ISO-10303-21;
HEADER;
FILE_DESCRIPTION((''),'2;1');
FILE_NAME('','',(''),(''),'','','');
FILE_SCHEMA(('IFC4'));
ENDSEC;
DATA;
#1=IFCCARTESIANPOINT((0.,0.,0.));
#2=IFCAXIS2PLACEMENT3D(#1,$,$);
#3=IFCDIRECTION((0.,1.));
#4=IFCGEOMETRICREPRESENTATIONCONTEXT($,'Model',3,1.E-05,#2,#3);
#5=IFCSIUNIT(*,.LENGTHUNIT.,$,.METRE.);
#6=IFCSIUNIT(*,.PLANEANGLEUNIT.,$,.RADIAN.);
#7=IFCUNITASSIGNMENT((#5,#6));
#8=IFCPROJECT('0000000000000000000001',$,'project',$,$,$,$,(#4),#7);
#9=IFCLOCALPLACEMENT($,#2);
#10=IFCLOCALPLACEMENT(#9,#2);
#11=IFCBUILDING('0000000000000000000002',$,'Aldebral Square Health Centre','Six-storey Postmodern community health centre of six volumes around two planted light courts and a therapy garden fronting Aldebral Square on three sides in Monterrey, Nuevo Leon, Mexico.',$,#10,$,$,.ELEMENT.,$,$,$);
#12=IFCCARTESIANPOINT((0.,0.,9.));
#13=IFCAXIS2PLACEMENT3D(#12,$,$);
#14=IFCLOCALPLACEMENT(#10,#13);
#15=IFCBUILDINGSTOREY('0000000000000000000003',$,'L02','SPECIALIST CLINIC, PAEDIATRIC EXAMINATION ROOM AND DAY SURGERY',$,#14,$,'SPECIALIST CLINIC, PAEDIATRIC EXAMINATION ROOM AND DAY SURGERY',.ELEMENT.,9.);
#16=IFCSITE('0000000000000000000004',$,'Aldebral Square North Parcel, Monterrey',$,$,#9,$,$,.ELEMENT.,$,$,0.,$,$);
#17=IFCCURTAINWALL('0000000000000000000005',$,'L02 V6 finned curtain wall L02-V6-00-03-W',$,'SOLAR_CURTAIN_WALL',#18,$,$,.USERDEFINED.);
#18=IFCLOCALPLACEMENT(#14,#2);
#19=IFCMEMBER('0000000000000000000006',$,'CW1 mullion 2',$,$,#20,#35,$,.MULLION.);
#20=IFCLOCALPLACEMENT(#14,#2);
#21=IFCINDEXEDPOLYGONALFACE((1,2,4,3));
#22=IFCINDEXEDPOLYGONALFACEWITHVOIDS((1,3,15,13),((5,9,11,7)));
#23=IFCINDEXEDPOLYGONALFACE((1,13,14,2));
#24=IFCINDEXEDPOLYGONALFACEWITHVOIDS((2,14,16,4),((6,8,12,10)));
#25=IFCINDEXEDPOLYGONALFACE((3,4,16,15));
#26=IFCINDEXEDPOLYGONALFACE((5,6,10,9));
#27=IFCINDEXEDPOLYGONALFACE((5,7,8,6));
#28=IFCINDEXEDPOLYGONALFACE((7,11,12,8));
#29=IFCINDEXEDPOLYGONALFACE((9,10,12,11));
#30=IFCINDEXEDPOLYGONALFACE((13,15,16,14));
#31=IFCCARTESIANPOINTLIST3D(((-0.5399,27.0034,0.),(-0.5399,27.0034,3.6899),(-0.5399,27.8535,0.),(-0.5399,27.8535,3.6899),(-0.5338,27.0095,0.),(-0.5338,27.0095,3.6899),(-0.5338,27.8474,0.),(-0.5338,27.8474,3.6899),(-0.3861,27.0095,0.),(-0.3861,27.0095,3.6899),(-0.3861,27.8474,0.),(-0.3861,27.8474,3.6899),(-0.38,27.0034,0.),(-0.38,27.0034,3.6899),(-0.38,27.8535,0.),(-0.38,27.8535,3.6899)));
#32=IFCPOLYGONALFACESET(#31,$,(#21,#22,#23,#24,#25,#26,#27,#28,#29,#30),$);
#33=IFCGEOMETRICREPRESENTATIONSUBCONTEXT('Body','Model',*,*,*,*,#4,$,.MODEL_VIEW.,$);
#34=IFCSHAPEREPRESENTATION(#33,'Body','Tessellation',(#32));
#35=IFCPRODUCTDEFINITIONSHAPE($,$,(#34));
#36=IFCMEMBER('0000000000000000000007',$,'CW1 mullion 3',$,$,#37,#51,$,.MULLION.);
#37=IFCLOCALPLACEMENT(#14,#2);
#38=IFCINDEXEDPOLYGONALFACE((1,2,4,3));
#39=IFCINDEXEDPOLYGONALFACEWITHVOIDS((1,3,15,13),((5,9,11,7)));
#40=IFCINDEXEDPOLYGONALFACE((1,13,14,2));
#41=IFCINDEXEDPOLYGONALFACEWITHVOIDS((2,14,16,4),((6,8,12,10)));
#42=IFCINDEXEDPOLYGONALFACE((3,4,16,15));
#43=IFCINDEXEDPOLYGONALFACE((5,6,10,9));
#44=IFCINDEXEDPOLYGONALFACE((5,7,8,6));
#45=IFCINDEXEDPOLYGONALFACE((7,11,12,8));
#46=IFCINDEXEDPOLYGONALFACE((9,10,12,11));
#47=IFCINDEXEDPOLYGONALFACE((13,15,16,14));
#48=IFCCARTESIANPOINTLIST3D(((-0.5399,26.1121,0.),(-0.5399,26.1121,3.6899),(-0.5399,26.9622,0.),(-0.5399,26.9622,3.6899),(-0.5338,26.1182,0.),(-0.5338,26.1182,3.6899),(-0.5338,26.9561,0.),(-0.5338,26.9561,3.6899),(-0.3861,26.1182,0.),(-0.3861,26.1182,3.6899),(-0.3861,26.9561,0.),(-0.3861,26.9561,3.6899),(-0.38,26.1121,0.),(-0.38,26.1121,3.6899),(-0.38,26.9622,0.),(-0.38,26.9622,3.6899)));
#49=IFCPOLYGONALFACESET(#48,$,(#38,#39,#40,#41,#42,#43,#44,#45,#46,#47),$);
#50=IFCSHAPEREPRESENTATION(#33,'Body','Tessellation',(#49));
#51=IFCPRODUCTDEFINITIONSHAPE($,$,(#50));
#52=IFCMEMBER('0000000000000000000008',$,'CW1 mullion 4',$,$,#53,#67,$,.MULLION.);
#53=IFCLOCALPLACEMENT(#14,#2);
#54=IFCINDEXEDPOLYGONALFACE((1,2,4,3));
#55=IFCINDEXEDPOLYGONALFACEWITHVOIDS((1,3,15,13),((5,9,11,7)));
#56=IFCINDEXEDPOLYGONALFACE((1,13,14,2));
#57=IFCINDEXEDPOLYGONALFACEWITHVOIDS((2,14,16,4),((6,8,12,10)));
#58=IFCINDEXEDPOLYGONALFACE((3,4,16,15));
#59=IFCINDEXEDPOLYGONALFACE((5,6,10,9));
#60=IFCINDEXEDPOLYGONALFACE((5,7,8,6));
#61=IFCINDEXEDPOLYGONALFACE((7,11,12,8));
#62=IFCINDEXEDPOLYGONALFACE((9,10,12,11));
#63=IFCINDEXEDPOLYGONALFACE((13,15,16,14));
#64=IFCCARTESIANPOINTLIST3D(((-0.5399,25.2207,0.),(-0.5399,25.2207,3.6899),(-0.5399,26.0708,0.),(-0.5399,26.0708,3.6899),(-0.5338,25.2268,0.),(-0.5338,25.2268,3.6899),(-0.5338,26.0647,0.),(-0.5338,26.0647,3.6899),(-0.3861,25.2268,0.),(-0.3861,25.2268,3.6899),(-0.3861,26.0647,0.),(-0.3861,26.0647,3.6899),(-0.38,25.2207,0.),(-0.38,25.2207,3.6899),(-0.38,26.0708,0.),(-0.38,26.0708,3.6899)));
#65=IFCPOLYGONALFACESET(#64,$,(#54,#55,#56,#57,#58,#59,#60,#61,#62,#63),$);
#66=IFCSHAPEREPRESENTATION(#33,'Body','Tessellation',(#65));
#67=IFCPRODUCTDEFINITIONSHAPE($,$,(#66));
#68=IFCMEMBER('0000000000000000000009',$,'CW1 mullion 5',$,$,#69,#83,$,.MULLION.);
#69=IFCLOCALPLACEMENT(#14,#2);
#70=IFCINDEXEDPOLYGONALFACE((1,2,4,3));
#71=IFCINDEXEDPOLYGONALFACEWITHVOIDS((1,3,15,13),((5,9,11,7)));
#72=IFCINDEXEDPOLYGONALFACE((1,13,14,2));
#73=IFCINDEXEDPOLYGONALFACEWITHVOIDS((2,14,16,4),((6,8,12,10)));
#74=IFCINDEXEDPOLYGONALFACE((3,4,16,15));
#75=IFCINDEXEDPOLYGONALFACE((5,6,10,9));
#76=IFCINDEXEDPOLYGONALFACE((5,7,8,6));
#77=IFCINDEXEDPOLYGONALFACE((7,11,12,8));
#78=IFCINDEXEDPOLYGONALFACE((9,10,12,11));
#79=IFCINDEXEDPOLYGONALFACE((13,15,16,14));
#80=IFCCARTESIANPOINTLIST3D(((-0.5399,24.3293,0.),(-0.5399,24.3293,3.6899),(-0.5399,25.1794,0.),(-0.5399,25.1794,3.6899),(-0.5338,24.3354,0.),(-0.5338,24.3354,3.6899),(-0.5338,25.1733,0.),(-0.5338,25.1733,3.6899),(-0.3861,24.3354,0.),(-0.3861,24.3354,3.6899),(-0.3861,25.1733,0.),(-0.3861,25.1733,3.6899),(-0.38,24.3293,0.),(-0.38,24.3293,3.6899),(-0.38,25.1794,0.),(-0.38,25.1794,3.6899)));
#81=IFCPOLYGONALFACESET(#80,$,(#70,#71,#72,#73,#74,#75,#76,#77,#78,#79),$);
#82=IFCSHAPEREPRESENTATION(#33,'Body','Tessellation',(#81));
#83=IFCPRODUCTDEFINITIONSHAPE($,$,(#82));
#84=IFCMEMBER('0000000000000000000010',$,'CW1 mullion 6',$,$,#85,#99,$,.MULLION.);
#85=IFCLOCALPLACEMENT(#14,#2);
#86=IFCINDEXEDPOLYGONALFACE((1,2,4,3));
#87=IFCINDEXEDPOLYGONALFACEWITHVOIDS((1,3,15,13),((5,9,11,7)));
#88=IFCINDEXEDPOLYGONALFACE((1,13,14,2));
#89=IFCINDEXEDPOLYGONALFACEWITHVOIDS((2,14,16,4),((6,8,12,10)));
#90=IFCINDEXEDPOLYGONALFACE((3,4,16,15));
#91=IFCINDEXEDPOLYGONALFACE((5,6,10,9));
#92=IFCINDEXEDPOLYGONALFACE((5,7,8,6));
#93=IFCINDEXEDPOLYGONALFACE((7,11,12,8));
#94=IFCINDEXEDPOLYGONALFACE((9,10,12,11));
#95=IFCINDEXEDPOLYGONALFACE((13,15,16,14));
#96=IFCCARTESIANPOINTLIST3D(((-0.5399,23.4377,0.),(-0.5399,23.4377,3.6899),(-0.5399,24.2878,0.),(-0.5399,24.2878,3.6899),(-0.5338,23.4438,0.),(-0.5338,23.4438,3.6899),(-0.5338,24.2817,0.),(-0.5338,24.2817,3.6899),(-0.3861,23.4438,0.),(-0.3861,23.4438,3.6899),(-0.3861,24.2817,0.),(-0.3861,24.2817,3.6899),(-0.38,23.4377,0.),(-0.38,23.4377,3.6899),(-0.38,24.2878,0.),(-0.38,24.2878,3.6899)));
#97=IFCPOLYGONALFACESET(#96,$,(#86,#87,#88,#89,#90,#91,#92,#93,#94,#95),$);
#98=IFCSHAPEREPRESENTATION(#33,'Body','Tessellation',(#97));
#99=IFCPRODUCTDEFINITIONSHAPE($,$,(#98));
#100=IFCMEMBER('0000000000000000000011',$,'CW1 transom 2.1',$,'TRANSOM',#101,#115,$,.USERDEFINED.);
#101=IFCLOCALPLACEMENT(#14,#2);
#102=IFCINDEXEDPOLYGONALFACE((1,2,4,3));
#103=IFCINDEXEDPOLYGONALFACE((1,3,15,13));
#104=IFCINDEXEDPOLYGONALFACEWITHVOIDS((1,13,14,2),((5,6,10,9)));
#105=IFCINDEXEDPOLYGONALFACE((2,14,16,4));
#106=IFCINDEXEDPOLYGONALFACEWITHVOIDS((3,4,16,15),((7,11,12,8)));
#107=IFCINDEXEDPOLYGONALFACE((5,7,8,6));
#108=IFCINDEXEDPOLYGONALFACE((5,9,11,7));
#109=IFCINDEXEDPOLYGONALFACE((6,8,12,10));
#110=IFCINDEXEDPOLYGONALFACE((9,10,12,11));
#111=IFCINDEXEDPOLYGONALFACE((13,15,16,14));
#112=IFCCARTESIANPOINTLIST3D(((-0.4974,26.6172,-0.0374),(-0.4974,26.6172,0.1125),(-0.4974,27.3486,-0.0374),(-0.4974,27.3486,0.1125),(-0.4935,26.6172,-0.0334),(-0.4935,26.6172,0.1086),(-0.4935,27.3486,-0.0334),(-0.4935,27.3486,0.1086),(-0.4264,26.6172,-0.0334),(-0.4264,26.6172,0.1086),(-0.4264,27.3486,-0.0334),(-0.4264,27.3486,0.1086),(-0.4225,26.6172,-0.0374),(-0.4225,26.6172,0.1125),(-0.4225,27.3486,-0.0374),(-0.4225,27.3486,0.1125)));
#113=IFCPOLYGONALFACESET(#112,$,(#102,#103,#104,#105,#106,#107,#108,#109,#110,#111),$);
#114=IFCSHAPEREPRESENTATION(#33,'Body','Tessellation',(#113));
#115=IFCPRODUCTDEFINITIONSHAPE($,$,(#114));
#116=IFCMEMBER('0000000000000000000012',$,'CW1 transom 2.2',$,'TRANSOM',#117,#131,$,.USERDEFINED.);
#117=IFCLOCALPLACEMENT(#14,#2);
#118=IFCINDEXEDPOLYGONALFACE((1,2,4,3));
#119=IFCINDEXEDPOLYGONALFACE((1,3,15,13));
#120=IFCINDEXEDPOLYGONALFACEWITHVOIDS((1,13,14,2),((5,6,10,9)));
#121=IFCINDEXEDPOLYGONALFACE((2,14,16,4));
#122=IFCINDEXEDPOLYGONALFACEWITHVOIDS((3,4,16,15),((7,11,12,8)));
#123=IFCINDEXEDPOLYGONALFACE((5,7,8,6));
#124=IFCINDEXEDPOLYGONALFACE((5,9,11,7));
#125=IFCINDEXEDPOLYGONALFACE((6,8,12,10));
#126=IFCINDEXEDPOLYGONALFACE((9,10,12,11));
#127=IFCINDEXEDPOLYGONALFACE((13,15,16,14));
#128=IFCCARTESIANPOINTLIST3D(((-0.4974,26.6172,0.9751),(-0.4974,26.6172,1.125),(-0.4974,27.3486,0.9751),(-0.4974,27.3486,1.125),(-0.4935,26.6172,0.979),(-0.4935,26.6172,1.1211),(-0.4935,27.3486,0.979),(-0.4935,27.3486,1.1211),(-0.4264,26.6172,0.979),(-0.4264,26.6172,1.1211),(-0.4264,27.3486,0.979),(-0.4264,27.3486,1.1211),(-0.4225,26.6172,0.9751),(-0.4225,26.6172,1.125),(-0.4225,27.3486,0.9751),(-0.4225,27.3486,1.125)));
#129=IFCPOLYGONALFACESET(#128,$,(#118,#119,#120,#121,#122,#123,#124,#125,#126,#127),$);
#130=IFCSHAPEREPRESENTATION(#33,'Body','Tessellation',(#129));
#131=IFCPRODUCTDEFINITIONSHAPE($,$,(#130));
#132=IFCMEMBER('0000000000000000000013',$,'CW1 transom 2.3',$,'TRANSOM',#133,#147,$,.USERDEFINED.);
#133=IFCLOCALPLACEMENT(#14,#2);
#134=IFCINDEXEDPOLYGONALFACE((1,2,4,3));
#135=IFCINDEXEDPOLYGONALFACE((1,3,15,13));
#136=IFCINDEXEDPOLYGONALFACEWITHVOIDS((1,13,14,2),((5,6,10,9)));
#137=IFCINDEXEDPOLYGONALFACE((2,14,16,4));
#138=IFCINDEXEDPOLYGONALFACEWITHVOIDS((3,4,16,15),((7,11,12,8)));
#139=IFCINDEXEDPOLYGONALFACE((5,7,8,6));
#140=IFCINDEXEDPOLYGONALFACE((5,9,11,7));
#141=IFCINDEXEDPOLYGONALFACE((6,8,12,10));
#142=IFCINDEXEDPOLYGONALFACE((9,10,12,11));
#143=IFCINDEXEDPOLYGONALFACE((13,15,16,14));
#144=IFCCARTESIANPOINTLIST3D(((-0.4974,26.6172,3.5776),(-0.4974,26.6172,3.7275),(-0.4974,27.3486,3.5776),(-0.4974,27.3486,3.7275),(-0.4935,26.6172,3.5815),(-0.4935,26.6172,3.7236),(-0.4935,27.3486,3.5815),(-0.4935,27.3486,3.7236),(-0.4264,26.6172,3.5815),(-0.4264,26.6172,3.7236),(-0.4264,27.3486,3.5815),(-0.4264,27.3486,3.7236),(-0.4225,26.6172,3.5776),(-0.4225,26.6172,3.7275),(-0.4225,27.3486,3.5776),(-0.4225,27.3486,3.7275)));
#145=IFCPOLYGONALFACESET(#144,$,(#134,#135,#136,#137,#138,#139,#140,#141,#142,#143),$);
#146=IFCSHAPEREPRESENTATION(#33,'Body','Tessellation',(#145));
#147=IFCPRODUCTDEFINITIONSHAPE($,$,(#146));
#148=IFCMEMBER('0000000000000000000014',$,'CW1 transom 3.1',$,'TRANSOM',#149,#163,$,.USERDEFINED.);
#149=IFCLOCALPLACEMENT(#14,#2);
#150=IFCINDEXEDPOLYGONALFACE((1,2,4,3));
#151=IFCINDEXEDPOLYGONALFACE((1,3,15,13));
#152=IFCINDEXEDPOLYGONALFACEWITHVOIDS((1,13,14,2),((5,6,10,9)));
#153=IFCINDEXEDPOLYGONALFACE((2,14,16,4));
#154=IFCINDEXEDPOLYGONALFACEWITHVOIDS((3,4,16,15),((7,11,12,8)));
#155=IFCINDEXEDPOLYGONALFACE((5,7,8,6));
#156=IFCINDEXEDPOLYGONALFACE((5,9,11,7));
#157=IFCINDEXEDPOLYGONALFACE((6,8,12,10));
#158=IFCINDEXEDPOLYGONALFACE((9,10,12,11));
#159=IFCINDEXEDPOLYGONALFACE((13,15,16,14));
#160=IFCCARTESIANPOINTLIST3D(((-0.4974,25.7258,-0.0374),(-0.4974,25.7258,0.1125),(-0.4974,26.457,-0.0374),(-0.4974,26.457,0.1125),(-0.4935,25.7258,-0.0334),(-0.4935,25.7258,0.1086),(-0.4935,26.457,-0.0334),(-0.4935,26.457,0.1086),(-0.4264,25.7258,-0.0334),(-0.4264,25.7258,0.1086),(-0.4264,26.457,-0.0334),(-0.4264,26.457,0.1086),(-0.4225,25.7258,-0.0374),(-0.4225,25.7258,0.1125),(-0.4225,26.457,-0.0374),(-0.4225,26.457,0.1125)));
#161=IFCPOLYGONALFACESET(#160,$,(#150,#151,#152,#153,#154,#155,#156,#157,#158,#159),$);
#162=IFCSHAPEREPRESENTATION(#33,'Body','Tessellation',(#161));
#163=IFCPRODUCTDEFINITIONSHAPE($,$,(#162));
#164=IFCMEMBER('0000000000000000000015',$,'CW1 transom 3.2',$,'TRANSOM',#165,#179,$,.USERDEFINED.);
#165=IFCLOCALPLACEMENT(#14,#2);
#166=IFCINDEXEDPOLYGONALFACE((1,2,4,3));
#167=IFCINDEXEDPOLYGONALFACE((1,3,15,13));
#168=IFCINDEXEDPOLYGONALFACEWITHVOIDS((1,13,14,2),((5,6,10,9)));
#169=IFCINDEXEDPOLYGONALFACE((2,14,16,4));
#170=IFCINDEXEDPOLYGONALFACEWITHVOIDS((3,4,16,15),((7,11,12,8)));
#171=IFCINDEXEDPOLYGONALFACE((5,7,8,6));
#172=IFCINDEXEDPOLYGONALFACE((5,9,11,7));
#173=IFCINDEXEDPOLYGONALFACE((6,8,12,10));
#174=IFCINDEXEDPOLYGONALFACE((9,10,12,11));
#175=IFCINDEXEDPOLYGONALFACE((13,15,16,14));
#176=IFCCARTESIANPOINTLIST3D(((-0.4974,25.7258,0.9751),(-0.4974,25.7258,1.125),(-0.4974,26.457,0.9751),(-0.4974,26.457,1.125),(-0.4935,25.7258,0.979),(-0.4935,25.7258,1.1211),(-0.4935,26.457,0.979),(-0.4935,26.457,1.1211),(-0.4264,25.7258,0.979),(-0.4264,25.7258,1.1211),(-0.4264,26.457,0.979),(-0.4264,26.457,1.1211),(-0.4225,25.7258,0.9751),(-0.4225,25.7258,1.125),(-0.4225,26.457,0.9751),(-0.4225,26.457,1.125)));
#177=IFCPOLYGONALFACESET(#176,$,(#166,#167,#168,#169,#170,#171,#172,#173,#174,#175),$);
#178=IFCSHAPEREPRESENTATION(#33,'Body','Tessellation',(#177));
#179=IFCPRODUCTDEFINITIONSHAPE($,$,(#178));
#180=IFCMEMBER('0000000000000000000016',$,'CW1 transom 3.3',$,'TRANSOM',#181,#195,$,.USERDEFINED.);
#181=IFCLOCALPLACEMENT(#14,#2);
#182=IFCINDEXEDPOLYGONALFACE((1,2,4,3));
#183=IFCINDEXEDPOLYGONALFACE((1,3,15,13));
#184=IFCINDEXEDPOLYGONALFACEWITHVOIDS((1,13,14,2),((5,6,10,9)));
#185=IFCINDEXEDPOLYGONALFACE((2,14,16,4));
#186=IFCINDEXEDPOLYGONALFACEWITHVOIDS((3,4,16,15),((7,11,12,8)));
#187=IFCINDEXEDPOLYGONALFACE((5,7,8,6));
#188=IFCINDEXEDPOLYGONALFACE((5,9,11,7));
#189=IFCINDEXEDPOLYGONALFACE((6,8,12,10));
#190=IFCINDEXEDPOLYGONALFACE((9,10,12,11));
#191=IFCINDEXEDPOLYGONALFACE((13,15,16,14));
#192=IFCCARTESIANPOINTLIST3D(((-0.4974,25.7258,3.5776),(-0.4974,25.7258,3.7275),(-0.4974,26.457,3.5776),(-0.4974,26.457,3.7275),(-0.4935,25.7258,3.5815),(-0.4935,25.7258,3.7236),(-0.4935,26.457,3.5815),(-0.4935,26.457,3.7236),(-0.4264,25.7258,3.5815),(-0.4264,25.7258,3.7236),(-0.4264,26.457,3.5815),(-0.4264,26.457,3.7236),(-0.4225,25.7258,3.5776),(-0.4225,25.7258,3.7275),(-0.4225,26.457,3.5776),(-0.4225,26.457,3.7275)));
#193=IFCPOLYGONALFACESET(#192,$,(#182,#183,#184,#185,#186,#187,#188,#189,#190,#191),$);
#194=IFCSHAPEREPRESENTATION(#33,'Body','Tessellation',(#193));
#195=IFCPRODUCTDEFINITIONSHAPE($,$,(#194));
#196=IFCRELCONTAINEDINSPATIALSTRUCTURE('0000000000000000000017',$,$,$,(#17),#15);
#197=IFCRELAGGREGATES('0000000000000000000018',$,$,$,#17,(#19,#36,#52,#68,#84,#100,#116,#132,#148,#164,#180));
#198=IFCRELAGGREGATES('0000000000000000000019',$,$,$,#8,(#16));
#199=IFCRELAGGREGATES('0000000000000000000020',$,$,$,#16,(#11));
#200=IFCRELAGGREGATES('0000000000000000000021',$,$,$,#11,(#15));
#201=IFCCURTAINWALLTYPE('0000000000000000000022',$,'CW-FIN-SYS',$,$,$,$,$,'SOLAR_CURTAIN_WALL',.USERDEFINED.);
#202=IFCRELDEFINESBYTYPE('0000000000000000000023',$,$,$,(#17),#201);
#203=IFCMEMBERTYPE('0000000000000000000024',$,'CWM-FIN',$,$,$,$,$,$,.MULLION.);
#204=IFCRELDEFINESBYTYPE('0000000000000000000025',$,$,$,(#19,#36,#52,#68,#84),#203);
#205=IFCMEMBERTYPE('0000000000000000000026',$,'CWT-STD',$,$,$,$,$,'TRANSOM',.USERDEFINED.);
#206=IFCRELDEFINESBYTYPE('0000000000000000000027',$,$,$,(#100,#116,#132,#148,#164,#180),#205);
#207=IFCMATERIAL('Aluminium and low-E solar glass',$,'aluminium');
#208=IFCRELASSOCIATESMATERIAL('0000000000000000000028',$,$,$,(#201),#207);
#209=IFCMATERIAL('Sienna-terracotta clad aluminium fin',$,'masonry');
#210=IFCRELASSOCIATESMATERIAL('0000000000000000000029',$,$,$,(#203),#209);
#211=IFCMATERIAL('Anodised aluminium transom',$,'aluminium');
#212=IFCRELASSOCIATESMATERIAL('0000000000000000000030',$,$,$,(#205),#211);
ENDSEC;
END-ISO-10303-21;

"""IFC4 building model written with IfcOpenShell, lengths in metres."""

from ifc_helpers import new_model, si_unit, direction, frame, origin, origin_2d, place, context, subcontext, project, spatial, hollow_rectangle, extrude, material, material_profile, profile_set, type_object, element, aggregate, save


model = new_model("IFC4")

# Units and contexts
model_context = context("Model", 3, precision=1e-05, world=origin(), true_north=direction((0.0, 1.0)))
body_context = subcontext(model_context, "Body", "Model", "MODEL_VIEW")
ifc_project = project(units=[si_unit("LENGTHUNIT", "METRE"), si_unit("PLANEANGLEUNIT", "RADIAN")], contexts=[model_context])

# Site, building, storey
site_placement = place(None, origin())
site = spatial("IfcSite", under=ifc_project, at=site_placement, Name="Aldebral Square North Parcel, Monterrey", CompositionType="ELEMENT", RefElevation=0.0)
building_placement = place(site_placement, origin())
building = spatial("IfcBuilding", under=site, at=building_placement, Name="Aldebral Square Health Centre", Description="Six-storey Postmodern community health centre of six volumes around two planted light courts and a therapy garden fronting Aldebral Square on three sides in Monterrey, Nuevo Leon, Mexico.", CompositionType="ELEMENT")
storey_placement = place(building_placement, frame((0.0, 0.0, 9.0)))
storey = spatial("IfcBuildingStorey", under=building, at=storey_placement, Name="L02", Description="SPECIALIST CLINIC, PAEDIATRIC EXAMINATION ROOM AND DAY SURGERY", LongName="SPECIALIST CLINIC, PAEDIATRIC EXAMINATION ROOM AND DAY SURGERY", CompositionType="ELEMENT", Elevation=9.0)

# Curtain wall, members
ifc_material_1 = material(Name="Aluminium and low-E solar glass", Category="aluminium")
curtain_wall_type = type_object("IfcCurtainWallType", Name="CW-FIN-SYS", ElementType="SOLAR_CURTAIN_WALL", PredefinedType="USERDEFINED", material=ifc_material_1)
curtain_wall_placement = place(storey_placement, origin())
curtain_wall = element("IfcCurtainWall", 1, at=curtain_wall_placement, inside=storey, type_object=curtain_wall_type, Name="L02 V6 finned curtain wall L02-V6-00-03-W", ObjectType="SOLAR_CURTAIN_WALL", PredefinedType="USERDEFINED")
ifc_material_2 = material(Name="Sienna-terracotta clad aluminium fin", Category="masonry")
ifc_material_profile_1 = material_profile(ifc_material_2, hollow_rectangle(XDim=0.1599, YDim=0.8501, WallThickness=0.0061, at=origin_2d()), Name="FIN 160x850x6")
ifc_profile_set_1 = profile_set([ifc_material_profile_1], Name="Sienna-terracotta clad aluminium fin")
member_type_1 = type_object("IfcMemberType", Name="CWM-FIN", PredefinedType="MULLION", material=ifc_profile_set_1)
member_1_placement = place(storey_placement, frame((-0.46, 27.4285, 0.0), z_axis=(0.0, 0.0, 1.0), x_axis=(1.0, 0.0, 0.0)))
member_1 = element("IfcMember", 2, at=member_1_placement, type_object=member_type_1, Name="CW1 mullion 2", PredefinedType="MULLION", context=body_context, shape_type="SweptSolid", body=[
    extrude(hollow_rectangle(XDim=0.1599, YDim=0.8501, WallThickness=0.0061, at=origin_2d()), origin(), (0.0, 0.0, 1.0), 3.6899),
])
member_2_placement = place(storey_placement, frame((-0.46, 26.5371, 0.0), z_axis=(0.0, 0.0, 1.0), x_axis=(1.0, 0.0, 0.0)))
member_2 = element("IfcMember", 3, at=member_2_placement, type_object=member_type_1, Name="CW1 mullion 3", PredefinedType="MULLION", context=body_context, shape_type="SweptSolid", body=[
    extrude(hollow_rectangle(XDim=0.1599, YDim=0.8501, WallThickness=0.0061, at=origin_2d()), origin(), (0.0, 0.0, 1.0), 3.6899),
])
member_3_placement = place(storey_placement, frame((-0.46, 25.6458, 0.0), z_axis=(0.0, 0.0, 1.0), x_axis=(1.0, 0.0, 0.0)))
member_3 = element("IfcMember", 4, at=member_3_placement, type_object=member_type_1, Name="CW1 mullion 4", PredefinedType="MULLION", context=body_context, shape_type="SweptSolid", body=[
    extrude(hollow_rectangle(XDim=0.1599, YDim=0.8501, WallThickness=0.0061, at=origin_2d()), origin(), (0.0, 0.0, 1.0), 3.6899),
])
member_4_placement = place(storey_placement, frame((-0.46, 24.7544, 0.0), z_axis=(0.0, 0.0, 1.0), x_axis=(1.0, 0.0, 0.0)))
member_4 = element("IfcMember", 5, at=member_4_placement, type_object=member_type_1, Name="CW1 mullion 5", PredefinedType="MULLION", context=body_context, shape_type="SweptSolid", body=[
    extrude(hollow_rectangle(XDim=0.1599, YDim=0.8501, WallThickness=0.0061, at=origin_2d()), origin(), (0.0, 0.0, 1.0), 3.6899),
])
member_5_placement = place(storey_placement, frame((-0.46, 23.8628, 0.0), z_axis=(0.0, 0.0, 1.0), x_axis=(1.0, 0.0, 0.0)))
member_5 = element("IfcMember", 6, at=member_5_placement, type_object=member_type_1, Name="CW1 mullion 6", PredefinedType="MULLION", context=body_context, shape_type="SweptSolid", body=[
    extrude(hollow_rectangle(XDim=0.1599, YDim=0.8501, WallThickness=0.0061, at=origin_2d()), origin(), (0.0, 0.0, 1.0), 3.6899),
])
ifc_material_3 = material(Name="Anodised aluminium transom", Category="aluminium")
ifc_material_profile_2 = material_profile(ifc_material_3, hollow_rectangle(XDim=0.075, YDim=0.1499, WallThickness=0.0039, at=origin_2d()), Name="CWT 75x150x4")
ifc_profile_set_2 = profile_set([ifc_material_profile_2], Name="Anodised aluminium transom")
member_type_2 = type_object("IfcMemberType", Name="CWT-STD", ElementType="TRANSOM", PredefinedType="USERDEFINED", material=ifc_profile_set_2)
member_6_placement = place(storey_placement, frame((-0.46, 27.3486, 0.0376), z_axis=(0.0, -1.0, 0.0), x_axis=(1.0, 0.0, 0.0)))
member_6 = element("IfcMember", 7, at=member_6_placement, type_object=member_type_2, Name="CW1 transom 2.1", ObjectType="TRANSOM", PredefinedType="USERDEFINED", context=body_context, shape_type="SweptSolid", body=[
    extrude(hollow_rectangle(XDim=0.075, YDim=0.1499, WallThickness=0.0039, at=origin_2d()), origin(), (0.0, 0.0, 1.0), 0.7314),
])
member_7_placement = place(storey_placement, frame((-0.46, 27.3486, 1.05), z_axis=(0.0, -1.0, 0.0), x_axis=(1.0, 0.0, 0.0)))
member_7 = element("IfcMember", 8, at=member_7_placement, type_object=member_type_2, Name="CW1 transom 2.2", ObjectType="TRANSOM", PredefinedType="USERDEFINED", context=body_context, shape_type="SweptSolid", body=[
    extrude(hollow_rectangle(XDim=0.075, YDim=0.1499, WallThickness=0.0039, at=origin_2d()), origin(), (0.0, 0.0, 1.0), 0.7314),
])
member_8_placement = place(storey_placement, frame((-0.46, 27.3486, 3.6526), z_axis=(0.0, -1.0, 0.0), x_axis=(1.0, 0.0, 0.0)))
member_8 = element("IfcMember", 9, at=member_8_placement, type_object=member_type_2, Name="CW1 transom 2.3", ObjectType="TRANSOM", PredefinedType="USERDEFINED", context=body_context, shape_type="SweptSolid", body=[
    extrude(hollow_rectangle(XDim=0.075, YDim=0.1499, WallThickness=0.0039, at=origin_2d()), origin(), (0.0, 0.0, 1.0), 0.7314),
])
member_9_placement = place(storey_placement, frame((-0.46, 26.457, 0.0376), z_axis=(0.0, -1.0, 0.0), x_axis=(1.0, 0.0, 0.0)))
member_9 = element("IfcMember", 10, at=member_9_placement, type_object=member_type_2, Name="CW1 transom 3.1", ObjectType="TRANSOM", PredefinedType="USERDEFINED", context=body_context, shape_type="SweptSolid", body=[
    extrude(hollow_rectangle(XDim=0.075, YDim=0.1499, WallThickness=0.0039, at=origin_2d()), origin(), (0.0, 0.0, 1.0), 0.7312),
])
member_10_placement = place(storey_placement, frame((-0.46, 26.457, 1.05), z_axis=(0.0, -1.0, 0.0), x_axis=(1.0, 0.0, 0.0)))
member_10 = element("IfcMember", 11, at=member_10_placement, type_object=member_type_2, Name="CW1 transom 3.2", ObjectType="TRANSOM", PredefinedType="USERDEFINED", context=body_context, shape_type="SweptSolid", body=[
    extrude(hollow_rectangle(XDim=0.075, YDim=0.1499, WallThickness=0.0039, at=origin_2d()), origin(), (0.0, 0.0, 1.0), 0.7312),
])
member_11_placement = place(storey_placement, frame((-0.46, 26.457, 3.6526), z_axis=(0.0, -1.0, 0.0), x_axis=(1.0, 0.0, 0.0)))
member_11 = element("IfcMember", 12, at=member_11_placement, type_object=member_type_2, Name="CW1 transom 3.3", ObjectType="TRANSOM", PredefinedType="USERDEFINED", context=body_context, shape_type="SweptSolid", body=[
    extrude(hollow_rectangle(XDim=0.075, YDim=0.1499, WallThickness=0.0039, at=origin_2d()), origin(), (0.0, 0.0, 1.0), 0.7312),
])
aggregate(curtain_wall, [member_1, member_2, member_3, member_4, member_5, member_6, member_7, member_8, member_9, member_10, member_11])

save(model, "model.ifc")
